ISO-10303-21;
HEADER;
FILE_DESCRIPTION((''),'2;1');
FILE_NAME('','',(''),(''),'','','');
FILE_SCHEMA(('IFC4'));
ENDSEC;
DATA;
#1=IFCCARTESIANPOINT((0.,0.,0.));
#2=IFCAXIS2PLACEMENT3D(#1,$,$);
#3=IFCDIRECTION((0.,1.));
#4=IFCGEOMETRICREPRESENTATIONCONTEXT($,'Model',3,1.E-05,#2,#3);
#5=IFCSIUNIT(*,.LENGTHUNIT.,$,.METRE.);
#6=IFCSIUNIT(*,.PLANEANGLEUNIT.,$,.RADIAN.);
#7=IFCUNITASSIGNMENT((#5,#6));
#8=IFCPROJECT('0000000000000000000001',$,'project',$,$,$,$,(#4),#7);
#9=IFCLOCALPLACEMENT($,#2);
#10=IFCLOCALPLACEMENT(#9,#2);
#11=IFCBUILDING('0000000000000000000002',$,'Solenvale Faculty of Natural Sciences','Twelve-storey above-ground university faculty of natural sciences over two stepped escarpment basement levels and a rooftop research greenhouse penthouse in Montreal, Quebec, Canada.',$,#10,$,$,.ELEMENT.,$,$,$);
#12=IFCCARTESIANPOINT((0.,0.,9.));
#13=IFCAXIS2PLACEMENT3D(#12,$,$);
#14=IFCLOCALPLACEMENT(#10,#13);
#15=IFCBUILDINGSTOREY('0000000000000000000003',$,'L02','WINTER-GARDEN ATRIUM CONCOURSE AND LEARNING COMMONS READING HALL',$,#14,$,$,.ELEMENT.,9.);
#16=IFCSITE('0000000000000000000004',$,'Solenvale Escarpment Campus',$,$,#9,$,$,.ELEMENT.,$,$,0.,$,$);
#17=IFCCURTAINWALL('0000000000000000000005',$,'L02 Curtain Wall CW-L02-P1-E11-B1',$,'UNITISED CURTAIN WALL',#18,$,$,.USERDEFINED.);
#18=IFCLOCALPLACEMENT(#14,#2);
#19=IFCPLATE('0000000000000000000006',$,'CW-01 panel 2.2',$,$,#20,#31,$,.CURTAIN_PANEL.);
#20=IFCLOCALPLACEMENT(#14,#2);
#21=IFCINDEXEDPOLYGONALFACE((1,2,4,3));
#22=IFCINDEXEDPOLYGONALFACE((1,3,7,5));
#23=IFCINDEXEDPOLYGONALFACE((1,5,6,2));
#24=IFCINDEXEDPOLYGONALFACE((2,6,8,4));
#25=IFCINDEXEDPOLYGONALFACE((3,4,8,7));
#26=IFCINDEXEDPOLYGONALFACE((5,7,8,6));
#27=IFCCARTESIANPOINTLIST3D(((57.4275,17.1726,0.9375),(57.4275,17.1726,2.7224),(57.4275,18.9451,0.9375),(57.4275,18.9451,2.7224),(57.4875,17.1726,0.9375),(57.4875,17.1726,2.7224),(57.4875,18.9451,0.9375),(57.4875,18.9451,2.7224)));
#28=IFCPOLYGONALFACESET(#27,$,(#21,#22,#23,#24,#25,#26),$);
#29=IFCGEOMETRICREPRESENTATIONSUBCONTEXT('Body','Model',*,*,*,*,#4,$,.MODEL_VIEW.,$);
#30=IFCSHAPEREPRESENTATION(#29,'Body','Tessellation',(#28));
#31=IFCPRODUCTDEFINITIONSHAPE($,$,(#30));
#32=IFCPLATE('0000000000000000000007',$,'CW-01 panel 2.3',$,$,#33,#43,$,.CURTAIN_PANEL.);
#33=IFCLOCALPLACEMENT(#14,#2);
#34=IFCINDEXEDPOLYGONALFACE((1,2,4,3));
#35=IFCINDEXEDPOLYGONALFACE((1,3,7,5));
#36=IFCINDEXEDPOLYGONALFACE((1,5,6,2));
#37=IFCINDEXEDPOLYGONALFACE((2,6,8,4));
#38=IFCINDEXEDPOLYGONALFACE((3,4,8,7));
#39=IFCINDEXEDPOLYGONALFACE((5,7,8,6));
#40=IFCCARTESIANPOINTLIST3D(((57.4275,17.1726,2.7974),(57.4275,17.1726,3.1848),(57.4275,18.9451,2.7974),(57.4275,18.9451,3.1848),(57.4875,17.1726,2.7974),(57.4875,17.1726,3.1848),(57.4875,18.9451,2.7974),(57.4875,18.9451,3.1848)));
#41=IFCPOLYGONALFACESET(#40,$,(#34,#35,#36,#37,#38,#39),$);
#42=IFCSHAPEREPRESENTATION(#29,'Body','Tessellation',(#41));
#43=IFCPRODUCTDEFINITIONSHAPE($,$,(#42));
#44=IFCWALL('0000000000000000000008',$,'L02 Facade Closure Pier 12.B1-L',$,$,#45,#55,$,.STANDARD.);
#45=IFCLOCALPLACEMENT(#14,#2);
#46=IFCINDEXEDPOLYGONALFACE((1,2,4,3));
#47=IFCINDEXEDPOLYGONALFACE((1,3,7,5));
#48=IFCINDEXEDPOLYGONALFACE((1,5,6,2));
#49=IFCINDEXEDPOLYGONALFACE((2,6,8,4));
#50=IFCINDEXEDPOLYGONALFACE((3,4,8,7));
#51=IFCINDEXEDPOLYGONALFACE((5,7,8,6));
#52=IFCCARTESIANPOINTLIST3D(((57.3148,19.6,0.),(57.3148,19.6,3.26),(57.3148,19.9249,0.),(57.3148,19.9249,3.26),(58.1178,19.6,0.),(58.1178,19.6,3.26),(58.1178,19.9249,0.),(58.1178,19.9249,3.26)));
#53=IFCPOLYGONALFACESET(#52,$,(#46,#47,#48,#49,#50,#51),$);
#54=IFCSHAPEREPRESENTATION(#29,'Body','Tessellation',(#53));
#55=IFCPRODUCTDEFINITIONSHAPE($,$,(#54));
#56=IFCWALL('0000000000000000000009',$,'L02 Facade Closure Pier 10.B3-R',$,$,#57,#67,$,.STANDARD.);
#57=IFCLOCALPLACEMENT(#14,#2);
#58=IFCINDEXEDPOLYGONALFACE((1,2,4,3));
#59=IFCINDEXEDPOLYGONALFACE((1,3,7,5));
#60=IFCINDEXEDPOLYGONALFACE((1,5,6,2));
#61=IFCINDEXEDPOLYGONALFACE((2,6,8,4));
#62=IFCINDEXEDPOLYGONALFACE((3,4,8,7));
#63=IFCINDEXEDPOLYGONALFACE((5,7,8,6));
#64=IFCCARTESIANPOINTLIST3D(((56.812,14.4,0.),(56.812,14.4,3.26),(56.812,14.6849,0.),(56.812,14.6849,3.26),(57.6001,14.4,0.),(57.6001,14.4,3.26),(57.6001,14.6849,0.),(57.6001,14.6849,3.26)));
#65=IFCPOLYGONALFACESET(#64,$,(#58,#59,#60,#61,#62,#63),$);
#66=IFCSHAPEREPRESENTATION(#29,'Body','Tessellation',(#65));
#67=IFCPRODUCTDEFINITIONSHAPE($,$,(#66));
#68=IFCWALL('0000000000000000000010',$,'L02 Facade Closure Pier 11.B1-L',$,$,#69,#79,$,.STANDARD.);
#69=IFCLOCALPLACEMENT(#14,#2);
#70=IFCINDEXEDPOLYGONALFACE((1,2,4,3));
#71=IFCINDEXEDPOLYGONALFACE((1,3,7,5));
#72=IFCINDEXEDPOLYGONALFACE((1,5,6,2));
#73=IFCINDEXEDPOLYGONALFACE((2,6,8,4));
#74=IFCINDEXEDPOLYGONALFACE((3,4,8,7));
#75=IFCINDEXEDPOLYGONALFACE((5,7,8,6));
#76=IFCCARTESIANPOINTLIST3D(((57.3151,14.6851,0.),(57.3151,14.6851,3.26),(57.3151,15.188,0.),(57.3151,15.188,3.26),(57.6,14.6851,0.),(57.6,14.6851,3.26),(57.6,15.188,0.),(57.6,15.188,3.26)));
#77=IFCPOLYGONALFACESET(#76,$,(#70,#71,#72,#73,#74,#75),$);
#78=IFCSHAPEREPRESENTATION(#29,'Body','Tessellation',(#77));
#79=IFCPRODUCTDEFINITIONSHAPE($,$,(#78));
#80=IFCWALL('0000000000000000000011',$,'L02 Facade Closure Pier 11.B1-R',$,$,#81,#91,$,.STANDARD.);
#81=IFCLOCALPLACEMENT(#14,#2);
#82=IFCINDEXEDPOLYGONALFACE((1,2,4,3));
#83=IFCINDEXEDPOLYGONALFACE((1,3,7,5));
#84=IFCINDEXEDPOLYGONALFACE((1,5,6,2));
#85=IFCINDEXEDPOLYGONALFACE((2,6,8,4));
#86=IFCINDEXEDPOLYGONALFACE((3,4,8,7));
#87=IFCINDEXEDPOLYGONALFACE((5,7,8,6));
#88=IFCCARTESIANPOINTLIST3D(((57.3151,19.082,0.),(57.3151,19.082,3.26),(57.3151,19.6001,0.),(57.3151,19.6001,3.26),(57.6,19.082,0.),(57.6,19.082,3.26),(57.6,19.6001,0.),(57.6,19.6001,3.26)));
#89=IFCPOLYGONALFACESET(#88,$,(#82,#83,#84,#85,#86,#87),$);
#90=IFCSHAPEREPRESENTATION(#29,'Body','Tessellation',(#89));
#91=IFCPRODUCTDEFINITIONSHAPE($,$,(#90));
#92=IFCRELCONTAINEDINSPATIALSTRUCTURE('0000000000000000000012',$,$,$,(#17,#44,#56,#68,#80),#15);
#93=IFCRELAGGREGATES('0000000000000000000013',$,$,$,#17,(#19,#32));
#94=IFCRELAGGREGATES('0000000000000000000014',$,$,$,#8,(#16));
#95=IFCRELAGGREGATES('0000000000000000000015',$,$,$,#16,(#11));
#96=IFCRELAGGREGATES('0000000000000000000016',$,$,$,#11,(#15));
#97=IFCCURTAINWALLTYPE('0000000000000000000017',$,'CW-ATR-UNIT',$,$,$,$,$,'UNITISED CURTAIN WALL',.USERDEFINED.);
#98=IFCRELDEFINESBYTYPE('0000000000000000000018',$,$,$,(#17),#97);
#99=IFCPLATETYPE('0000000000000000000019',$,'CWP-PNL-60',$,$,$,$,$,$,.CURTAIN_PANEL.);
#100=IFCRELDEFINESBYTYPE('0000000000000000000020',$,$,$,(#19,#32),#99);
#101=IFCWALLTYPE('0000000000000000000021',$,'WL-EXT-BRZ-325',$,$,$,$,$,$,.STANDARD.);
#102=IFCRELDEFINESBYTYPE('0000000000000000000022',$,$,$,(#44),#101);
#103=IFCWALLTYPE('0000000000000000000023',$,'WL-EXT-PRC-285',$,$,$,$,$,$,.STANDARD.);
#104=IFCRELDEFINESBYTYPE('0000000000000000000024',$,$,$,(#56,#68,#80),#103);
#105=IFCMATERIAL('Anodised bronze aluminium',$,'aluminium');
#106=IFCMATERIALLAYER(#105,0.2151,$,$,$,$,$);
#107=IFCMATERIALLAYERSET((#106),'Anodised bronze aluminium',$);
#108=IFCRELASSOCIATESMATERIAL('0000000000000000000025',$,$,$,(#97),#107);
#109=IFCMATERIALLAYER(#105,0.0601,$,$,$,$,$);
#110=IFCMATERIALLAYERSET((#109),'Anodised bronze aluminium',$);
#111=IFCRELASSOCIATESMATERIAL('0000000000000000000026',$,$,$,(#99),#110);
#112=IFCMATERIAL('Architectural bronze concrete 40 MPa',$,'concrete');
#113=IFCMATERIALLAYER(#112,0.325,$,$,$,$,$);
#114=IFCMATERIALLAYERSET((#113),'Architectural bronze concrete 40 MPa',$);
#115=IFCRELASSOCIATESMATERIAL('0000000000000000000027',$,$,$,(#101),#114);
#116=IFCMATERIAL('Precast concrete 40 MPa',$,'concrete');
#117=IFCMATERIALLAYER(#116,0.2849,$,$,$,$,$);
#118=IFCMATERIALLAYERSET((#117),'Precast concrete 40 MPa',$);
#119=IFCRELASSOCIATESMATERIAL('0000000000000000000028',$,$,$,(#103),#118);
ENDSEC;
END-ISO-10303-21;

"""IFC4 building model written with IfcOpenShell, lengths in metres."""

from ifc_helpers import new_model, si_unit, direction, frame, frame_2d, origin, origin_2d, place, context, subcontext, project, spatial, rectangle, extrude, material, layer, layer_set, type_object, element, aggregate, save


model = new_model("IFC4")

# Units and contexts
model_context = context("Model", 3, precision=1e-05, world=origin(), true_north=direction((0.0, 1.0)))
body_context = subcontext(model_context, "Body", "Model", "MODEL_VIEW")
ifc_project = project(units=[si_unit("LENGTHUNIT", "METRE"), si_unit("PLANEANGLEUNIT", "RADIAN")], contexts=[model_context])

# Site, building, storey
site_placement = place(None, origin())
site = spatial("IfcSite", under=ifc_project, at=site_placement, Name="Solenvale Escarpment Campus", CompositionType="ELEMENT", RefElevation=0.0)
building_placement = place(site_placement, origin())
building = spatial("IfcBuilding", under=site, at=building_placement, Name="Solenvale Faculty of Natural Sciences", Description="Twelve-storey above-ground university faculty of natural sciences over two stepped escarpment basement levels and a rooftop research greenhouse penthouse in Montreal, Quebec, Canada.", CompositionType="ELEMENT")
storey_placement = place(building_placement, frame((0.0, 0.0, 9.0)))
storey = spatial("IfcBuildingStorey", under=building, at=storey_placement, Name="L02", Description="WINTER-GARDEN ATRIUM CONCOURSE AND LEARNING COMMONS READING HALL", CompositionType="ELEMENT", Elevation=9.0)

# Curtain wall, plates
ifc_material_1 = material(Name="Anodised bronze aluminium", Category="aluminium")
ifc_layer_1 = layer(ifc_material_1, 0.2151)
ifc_layer_set_1 = layer_set([ifc_layer_1], Name="Anodised bronze aluminium")
curtain_wall_type = type_object("IfcCurtainWallType", Name="CW-ATR-UNIT", ElementType="UNITISED CURTAIN WALL", PredefinedType="USERDEFINED", material=ifc_layer_set_1)
curtain_wall_placement = place(storey_placement, origin())
curtain_wall = element("IfcCurtainWall", 1, at=curtain_wall_placement, inside=storey, type_object=curtain_wall_type, Name="L02 Curtain Wall CW-L02-P1-E11-B1", ObjectType="UNITISED CURTAIN WALL", PredefinedType="USERDEFINED")
ifc_layer_2 = layer(ifc_material_1, 0.0601)
ifc_layer_set_2 = layer_set([ifc_layer_2], Name="Anodised bronze aluminium")
plate_type = type_object("IfcPlateType", Name="CWP-PNL-60", PredefinedType="CURTAIN_PANEL", material=ifc_layer_set_2)
plate_1_placement = place(storey_placement, frame((57.4575, 18.0588, 0.9375), z_axis=(0.0, 0.0, 1.0), x_axis=(0.0, 1.0, 0.0)))
plate_1 = element("IfcPlate", 2, at=plate_1_placement, type_object=plate_type, Name="CW-01 panel 2.2", PredefinedType="CURTAIN_PANEL", context=body_context, shape_type="SweptSolid", body=[
    extrude(rectangle(XDim=1.7725, YDim=0.0601, at=origin_2d()), origin(), (0.0, 0.0, 1.0), 1.7849),
])
plate_2_placement = place(storey_placement, frame((57.4575, 18.0588, 2.7974), z_axis=(0.0, 0.0, 1.0), x_axis=(0.0, 1.0, 0.0)))
plate_2 = element("IfcPlate", 3, at=plate_2_placement, type_object=plate_type, Name="CW-01 panel 2.3", PredefinedType="CURTAIN_PANEL", context=body_context, shape_type="SweptSolid", body=[
    extrude(rectangle(XDim=1.7725, YDim=0.0601, at=origin_2d()), origin(), (0.0, 0.0, 1.0), 0.3875),
])
aggregate(curtain_wall, [plate_1, plate_2])

# Walls
ifc_material_2 = material(Name="Architectural bronze concrete 40 MPa", Category="concrete")
ifc_layer_3 = layer(ifc_material_2, 0.325)
ifc_layer_set_3 = layer_set([ifc_layer_3], Name="Architectural bronze concrete 40 MPa")
wall_type_1 = type_object("IfcWallType", Name="WL-EXT-BRZ-325", PredefinedType="STANDARD", material=ifc_layer_set_3)
wall_1_placement = place(storey_placement, frame((57.3149, 19.7625, 0.0), z_axis=(0.0, 0.0, 1.0), x_axis=(1.0, 0.0, 0.0)))
element("IfcWall", 4, at=wall_1_placement, inside=storey, type_object=wall_type_1, Name="L02 Facade Closure Pier 12.B1-L", PredefinedType="STANDARD", context=body_context, shape_type="SweptSolid", body=[
    extrude(rectangle(XDim=0.803, YDim=0.325, at=frame_2d((0.4014, 0.0))), origin(), (0.0, 0.0, 1.0), 3.26),
])
ifc_material_3 = material(Name="Precast concrete 40 MPa", Category="concrete")
ifc_layer_4 = layer(ifc_material_3, 0.2849)
ifc_layer_set_4 = layer_set([ifc_layer_4], Name="Precast concrete 40 MPa")
wall_type_2 = type_object("IfcWallType", Name="WL-EXT-PRC-285", PredefinedType="STANDARD", material=ifc_layer_set_4)
wall_2_placement = place(storey_placement, frame((56.812, 14.5425, 0.0), z_axis=(0.0, 0.0, 1.0), x_axis=(1.0, 0.0, 0.0)))
element("IfcWall", 5, at=wall_2_placement, inside=storey, type_object=wall_type_2, Name="L02 Facade Closure Pier 10.B3-R", PredefinedType="STANDARD", context=body_context, shape_type="SweptSolid", body=[
    extrude(rectangle(XDim=0.7881, YDim=0.2849, at=frame_2d((0.394, 0.0))), origin(), (0.0, 0.0, 1.0), 3.26),
])
wall_3_placement = place(storey_placement, frame((57.4575, 14.6851, 0.0), z_axis=(0.0, 0.0, 1.0), x_axis=(0.0, 1.0, 0.0)))
element("IfcWall", 6, at=wall_3_placement, inside=storey, type_object=wall_type_2, Name="L02 Facade Closure Pier 11.B1-L", PredefinedType="STANDARD", context=body_context, shape_type="SweptSolid", body=[
    extrude(rectangle(XDim=0.5029, YDim=0.2849, at=frame_2d((0.2515, 0.0))), origin(), (0.0, 0.0, 1.0), 3.26),
])
wall_4_placement = place(storey_placement, frame((57.4575, 19.082, 0.0), z_axis=(0.0, 0.0, 1.0), x_axis=(0.0, 1.0, 0.0)))
element("IfcWall", 7, at=wall_4_placement, inside=storey, type_object=wall_type_2, Name="L02 Facade Closure Pier 11.B1-R", PredefinedType="STANDARD", context=body_context, shape_type="SweptSolid", body=[
    extrude(rectangle(XDim=0.5181, YDim=0.2849, at=frame_2d((0.259, 0.0))), origin(), (0.0, 0.0, 1.0), 3.26),
])

save(model, "model.ifc")
